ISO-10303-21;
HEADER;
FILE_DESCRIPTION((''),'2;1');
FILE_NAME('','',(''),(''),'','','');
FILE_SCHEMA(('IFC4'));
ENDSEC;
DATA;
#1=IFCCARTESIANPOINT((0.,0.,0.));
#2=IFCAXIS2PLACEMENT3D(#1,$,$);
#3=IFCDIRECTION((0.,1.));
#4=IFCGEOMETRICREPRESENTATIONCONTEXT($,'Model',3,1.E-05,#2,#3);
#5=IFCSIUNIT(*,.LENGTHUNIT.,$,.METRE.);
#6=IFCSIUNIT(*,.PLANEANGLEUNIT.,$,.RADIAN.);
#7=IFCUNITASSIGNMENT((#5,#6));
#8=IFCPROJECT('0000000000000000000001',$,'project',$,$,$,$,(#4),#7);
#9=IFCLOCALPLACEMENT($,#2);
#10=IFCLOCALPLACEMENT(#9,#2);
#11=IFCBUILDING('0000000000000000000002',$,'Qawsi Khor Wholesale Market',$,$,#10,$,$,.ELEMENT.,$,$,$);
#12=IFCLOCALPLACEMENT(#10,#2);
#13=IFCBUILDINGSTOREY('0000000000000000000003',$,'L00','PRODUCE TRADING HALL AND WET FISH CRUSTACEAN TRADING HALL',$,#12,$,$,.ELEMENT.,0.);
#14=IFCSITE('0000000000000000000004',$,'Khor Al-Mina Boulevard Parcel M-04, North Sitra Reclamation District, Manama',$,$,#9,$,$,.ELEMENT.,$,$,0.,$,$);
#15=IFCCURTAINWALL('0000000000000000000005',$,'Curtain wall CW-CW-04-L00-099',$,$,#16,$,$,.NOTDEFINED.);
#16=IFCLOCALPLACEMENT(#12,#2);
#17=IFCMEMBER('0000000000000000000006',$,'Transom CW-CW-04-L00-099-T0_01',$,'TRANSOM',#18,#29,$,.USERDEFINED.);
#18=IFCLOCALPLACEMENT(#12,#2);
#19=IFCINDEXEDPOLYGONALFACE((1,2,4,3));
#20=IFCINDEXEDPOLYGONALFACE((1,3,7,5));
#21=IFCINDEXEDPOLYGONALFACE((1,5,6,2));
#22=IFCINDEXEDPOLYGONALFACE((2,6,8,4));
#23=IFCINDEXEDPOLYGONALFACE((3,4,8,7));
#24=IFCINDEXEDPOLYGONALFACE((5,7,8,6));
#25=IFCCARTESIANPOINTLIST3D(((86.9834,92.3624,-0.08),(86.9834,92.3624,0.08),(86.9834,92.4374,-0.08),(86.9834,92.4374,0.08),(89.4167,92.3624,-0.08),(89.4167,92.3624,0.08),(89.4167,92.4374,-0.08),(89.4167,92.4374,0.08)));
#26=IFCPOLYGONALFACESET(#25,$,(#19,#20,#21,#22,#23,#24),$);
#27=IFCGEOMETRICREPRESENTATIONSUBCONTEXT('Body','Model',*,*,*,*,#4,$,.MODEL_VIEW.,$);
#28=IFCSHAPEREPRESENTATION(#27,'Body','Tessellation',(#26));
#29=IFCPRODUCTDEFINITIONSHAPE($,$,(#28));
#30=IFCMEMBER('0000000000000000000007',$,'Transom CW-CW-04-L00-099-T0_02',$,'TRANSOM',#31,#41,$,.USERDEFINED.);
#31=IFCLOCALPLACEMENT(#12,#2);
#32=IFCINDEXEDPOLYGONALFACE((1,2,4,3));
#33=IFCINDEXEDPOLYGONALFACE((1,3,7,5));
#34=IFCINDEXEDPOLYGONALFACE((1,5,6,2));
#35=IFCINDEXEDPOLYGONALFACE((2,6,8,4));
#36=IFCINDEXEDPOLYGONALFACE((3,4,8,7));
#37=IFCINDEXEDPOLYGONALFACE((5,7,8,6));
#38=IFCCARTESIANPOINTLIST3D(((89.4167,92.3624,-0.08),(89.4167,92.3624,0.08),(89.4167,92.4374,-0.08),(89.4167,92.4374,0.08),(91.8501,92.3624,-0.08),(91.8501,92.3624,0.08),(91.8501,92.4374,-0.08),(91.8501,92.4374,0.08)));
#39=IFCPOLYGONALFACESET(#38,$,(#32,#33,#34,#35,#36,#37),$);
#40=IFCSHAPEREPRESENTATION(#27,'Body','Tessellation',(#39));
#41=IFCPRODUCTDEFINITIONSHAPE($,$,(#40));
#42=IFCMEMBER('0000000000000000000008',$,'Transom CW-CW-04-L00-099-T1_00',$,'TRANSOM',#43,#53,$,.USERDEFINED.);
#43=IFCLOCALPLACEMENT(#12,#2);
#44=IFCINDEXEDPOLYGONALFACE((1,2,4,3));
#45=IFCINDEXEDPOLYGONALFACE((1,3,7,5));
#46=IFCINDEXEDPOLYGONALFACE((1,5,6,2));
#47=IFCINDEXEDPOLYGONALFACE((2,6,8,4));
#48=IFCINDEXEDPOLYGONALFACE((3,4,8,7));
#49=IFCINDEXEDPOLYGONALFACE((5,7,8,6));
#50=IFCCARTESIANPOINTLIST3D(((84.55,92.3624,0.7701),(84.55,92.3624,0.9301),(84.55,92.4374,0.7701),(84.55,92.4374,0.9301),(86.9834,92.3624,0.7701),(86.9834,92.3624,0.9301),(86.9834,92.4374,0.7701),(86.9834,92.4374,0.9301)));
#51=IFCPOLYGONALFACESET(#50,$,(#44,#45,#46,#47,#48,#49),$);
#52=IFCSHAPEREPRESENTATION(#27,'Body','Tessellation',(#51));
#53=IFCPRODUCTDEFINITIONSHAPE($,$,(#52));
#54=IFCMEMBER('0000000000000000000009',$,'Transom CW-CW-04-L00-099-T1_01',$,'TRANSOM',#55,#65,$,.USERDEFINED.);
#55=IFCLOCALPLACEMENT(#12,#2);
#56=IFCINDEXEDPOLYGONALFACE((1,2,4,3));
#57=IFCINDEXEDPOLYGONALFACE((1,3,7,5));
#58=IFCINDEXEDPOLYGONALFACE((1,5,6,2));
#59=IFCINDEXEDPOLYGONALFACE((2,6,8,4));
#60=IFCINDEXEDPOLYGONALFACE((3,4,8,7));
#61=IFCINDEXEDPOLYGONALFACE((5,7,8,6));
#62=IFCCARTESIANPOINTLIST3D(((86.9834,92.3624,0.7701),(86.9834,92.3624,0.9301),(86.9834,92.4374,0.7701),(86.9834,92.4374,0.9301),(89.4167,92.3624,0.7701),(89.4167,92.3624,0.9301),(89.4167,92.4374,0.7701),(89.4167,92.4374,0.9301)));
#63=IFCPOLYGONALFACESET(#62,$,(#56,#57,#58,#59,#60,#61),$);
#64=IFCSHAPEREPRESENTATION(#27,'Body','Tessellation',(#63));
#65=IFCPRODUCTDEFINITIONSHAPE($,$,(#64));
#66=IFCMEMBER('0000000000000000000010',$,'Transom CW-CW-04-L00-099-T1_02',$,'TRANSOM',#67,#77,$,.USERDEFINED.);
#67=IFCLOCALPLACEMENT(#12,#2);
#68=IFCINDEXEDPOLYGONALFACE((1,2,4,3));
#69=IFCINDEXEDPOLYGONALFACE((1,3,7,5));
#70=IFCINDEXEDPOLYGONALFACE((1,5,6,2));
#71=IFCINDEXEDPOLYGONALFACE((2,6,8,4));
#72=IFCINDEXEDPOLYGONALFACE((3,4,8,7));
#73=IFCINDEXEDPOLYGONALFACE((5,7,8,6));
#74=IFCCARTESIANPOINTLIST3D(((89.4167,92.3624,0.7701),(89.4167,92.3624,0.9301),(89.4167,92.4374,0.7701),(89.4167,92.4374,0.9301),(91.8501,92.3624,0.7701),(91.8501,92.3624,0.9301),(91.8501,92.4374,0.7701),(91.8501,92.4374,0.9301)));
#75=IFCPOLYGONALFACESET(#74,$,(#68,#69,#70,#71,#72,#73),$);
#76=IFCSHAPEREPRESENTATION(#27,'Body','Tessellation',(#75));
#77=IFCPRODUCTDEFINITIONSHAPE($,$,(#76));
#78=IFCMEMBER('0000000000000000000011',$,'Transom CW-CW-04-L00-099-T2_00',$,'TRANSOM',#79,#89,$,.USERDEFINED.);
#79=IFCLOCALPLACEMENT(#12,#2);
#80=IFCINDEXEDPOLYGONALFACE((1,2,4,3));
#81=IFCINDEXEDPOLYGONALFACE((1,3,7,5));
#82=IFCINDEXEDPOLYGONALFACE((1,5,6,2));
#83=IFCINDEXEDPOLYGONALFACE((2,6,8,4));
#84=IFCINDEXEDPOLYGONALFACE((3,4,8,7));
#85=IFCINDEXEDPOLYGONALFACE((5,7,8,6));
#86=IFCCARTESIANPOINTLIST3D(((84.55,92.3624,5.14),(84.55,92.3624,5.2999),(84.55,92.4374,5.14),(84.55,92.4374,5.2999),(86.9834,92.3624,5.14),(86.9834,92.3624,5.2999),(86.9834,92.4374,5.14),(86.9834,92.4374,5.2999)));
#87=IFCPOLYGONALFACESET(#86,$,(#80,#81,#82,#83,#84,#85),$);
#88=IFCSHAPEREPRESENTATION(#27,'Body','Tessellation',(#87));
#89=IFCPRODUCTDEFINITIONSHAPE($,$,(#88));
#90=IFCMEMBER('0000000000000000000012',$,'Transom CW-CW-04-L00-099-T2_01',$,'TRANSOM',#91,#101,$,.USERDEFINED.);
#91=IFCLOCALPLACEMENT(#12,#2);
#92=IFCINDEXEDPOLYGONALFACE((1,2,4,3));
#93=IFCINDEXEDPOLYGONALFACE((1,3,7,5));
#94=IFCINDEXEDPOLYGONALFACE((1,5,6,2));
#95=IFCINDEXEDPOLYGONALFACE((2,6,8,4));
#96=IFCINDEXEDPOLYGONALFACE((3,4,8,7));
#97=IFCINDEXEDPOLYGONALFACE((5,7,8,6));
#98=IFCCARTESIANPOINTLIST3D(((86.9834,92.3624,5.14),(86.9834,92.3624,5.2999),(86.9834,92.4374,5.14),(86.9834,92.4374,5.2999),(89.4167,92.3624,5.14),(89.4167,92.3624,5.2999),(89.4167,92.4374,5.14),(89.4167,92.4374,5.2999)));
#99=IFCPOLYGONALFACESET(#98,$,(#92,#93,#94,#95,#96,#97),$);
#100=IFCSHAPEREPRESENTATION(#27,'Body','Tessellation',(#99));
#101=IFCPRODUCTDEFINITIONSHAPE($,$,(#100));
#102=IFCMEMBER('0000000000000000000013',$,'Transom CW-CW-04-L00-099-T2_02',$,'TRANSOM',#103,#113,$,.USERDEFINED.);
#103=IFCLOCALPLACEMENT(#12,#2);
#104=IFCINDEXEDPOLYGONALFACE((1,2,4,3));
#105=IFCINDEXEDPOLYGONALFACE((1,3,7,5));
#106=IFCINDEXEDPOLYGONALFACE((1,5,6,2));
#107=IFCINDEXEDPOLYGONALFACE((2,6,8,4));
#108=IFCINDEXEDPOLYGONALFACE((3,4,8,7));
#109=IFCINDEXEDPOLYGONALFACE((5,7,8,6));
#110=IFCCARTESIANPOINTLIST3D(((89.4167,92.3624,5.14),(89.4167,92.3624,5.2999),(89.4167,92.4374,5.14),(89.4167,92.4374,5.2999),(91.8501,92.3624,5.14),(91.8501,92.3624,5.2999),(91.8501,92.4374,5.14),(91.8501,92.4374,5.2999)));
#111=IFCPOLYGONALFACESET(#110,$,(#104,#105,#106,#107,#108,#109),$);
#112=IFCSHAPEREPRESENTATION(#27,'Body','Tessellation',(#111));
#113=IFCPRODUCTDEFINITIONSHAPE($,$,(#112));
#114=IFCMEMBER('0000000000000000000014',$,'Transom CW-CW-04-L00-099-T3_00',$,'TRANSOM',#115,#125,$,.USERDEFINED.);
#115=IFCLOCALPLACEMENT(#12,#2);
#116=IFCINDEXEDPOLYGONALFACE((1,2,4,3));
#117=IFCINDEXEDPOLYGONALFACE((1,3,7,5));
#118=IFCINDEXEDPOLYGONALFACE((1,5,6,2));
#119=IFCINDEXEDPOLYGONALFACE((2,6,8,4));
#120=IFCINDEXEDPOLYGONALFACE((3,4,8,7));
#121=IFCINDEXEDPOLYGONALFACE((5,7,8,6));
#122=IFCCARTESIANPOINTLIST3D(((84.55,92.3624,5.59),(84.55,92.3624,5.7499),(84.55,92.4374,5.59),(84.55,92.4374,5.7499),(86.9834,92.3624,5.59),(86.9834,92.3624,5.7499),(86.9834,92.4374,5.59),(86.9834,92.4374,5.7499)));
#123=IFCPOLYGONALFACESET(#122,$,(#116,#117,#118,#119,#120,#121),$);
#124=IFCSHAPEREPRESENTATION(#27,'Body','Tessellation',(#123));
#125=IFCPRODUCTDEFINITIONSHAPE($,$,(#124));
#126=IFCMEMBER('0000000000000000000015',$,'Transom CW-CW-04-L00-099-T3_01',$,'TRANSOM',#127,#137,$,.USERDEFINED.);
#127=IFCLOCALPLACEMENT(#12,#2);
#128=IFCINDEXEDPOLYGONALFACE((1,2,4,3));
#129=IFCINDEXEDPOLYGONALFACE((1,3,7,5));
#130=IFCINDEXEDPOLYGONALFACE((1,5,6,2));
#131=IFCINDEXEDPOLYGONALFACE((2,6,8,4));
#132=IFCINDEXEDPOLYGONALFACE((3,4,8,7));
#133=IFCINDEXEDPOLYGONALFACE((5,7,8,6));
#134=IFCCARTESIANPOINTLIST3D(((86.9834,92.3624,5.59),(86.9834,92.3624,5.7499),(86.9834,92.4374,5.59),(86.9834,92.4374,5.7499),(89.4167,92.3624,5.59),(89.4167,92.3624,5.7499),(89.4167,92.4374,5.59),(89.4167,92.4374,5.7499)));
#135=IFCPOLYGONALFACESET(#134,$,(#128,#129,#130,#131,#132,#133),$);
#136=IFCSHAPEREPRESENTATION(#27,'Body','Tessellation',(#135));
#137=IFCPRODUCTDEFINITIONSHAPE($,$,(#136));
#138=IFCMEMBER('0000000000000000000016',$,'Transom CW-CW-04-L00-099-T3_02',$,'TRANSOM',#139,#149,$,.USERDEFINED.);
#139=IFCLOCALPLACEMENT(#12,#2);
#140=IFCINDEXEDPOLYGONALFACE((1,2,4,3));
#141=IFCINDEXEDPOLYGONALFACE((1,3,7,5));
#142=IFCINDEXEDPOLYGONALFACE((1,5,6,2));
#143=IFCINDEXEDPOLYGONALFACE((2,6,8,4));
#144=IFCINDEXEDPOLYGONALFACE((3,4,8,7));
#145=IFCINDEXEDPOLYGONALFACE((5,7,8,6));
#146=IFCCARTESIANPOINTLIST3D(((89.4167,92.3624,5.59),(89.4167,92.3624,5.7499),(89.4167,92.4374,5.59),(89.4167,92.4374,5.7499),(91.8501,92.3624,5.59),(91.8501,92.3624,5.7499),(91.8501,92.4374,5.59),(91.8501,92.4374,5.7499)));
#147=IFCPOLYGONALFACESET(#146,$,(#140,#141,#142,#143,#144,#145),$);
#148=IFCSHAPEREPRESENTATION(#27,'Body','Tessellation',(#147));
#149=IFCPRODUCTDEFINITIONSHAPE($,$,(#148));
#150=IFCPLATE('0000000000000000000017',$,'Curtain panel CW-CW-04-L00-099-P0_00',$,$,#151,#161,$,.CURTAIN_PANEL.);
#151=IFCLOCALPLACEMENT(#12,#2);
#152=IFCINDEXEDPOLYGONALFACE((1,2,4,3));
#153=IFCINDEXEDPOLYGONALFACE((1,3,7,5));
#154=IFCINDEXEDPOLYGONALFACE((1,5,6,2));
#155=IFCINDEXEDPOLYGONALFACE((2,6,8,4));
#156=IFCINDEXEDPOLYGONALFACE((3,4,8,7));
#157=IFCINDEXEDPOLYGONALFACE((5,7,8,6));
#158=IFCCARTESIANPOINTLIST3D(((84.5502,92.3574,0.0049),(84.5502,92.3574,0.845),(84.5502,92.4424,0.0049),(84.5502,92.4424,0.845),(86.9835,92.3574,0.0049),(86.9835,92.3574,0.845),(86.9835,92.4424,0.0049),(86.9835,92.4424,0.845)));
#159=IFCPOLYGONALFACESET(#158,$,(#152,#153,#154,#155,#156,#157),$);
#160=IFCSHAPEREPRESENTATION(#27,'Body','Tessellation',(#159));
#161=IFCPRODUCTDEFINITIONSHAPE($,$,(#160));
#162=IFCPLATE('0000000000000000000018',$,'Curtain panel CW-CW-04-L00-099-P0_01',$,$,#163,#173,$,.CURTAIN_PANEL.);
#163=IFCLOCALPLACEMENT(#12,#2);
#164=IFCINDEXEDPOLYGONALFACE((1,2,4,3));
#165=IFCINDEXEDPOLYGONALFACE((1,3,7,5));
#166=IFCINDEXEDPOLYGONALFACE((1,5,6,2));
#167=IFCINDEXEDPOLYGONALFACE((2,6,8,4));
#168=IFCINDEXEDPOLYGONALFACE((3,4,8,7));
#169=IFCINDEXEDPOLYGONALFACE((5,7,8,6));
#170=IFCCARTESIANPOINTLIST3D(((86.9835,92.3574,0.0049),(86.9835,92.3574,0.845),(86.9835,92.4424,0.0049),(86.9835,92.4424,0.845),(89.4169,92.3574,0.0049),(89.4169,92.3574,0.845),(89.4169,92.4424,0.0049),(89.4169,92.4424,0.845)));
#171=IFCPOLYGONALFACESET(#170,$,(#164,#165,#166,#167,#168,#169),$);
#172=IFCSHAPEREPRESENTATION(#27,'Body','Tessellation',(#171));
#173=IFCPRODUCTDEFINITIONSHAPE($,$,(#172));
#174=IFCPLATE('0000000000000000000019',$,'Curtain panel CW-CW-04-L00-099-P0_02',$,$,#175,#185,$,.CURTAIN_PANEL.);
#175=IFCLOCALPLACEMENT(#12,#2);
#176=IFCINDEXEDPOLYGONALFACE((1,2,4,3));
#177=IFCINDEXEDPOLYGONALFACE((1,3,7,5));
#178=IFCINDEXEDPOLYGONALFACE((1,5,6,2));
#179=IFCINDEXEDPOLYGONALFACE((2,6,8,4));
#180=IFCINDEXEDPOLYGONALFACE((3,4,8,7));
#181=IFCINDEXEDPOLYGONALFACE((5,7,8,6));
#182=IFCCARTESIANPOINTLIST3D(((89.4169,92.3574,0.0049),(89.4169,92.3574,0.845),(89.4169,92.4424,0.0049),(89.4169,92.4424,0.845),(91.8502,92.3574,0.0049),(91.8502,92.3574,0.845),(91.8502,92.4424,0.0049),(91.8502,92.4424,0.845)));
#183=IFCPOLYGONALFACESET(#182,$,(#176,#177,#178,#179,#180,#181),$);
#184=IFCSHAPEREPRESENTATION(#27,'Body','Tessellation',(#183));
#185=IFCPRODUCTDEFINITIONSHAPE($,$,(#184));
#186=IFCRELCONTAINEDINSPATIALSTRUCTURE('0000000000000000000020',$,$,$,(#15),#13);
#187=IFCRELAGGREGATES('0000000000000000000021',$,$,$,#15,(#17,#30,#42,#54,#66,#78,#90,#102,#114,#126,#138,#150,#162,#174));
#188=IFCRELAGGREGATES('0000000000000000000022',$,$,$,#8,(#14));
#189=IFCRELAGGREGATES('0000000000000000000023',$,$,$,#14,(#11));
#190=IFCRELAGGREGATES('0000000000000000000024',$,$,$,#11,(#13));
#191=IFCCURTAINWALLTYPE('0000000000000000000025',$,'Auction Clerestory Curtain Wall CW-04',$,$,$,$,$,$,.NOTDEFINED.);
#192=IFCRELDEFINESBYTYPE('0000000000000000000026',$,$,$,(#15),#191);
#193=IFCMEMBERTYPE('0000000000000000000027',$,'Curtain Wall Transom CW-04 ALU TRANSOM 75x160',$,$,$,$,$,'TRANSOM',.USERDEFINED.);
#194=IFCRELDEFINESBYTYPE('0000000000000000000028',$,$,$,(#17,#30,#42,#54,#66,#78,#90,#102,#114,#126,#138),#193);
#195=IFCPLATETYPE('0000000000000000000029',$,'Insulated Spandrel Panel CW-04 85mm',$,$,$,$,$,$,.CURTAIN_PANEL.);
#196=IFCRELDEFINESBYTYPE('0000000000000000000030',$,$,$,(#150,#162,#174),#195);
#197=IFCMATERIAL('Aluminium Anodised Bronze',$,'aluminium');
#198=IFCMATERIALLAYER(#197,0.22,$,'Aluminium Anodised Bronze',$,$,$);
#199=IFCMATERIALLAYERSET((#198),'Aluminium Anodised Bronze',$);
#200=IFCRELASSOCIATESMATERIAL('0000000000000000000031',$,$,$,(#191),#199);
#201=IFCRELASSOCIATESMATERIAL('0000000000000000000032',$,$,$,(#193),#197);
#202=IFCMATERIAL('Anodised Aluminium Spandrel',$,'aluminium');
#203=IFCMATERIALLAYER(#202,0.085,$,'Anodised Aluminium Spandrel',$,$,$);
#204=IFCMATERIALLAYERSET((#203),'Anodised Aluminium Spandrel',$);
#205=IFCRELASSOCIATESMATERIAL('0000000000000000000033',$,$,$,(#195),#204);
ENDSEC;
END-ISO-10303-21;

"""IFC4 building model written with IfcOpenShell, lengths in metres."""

from ifc_helpers import new_model, si_unit, direction, frame, frame_2d, origin, origin_2d, place, context, subcontext, project, spatial, rectangle, extrude, material, layer, layer_set, material_profile, profile_set, type_object, element, aggregate, save


model = new_model("IFC4")

# Units and contexts
model_context = context("Model", 3, precision=1e-05, world=origin(), true_north=direction((0.0, 1.0)))
body_context = subcontext(model_context, "Body", "Model", "MODEL_VIEW")
ifc_project = project(units=[si_unit("LENGTHUNIT", "METRE"), si_unit("PLANEANGLEUNIT", "RADIAN")], contexts=[model_context])

# Site, building, storey
site_placement = place(None, origin())
site = spatial("IfcSite", under=ifc_project, at=site_placement, Name="Khor Al-Mina Boulevard Parcel M-04, North Sitra Reclamation District, Manama", CompositionType="ELEMENT", RefElevation=0.0)
building_placement = place(site_placement, origin())
building = spatial("IfcBuilding", under=site, at=building_placement, Name="Qawsi Khor Wholesale Market", CompositionType="ELEMENT")
storey_placement = place(building_placement, origin())
storey = spatial("IfcBuildingStorey", under=building, at=storey_placement, Name="L00", Description="PRODUCE TRADING HALL AND WET FISH CRUSTACEAN TRADING HALL", CompositionType="ELEMENT", Elevation=0.0)

# Curtain wall, members, plates
ifc_material_1 = material(Name="Aluminium Anodised Bronze", Category="aluminium")
ifc_layer_1 = layer(ifc_material_1, 0.22, Name="Aluminium Anodised Bronze")
ifc_layer_set_1 = layer_set([ifc_layer_1], Name="Aluminium Anodised Bronze")
curtain_wall_type = type_object("IfcCurtainWallType", Name="Auction Clerestory Curtain Wall CW-04", PredefinedType="NOTDEFINED", material=ifc_layer_set_1)
curtain_wall_placement = place(storey_placement, origin())
curtain_wall = element("IfcCurtainWall", 1, at=curtain_wall_placement, inside=storey, type_object=curtain_wall_type, Name="Curtain wall CW-CW-04-L00-099", PredefinedType="NOTDEFINED")
ifc_material_profile_1 = material_profile(ifc_material_1, rectangle(XDim=0.075, YDim=0.1599, at=origin_2d()), Name="ALU TRANSOM 75x160")
ifc_profile_set_1 = profile_set([ifc_material_profile_1], Name="Aluminium Anodised Bronze")
member_type_1 = type_object("IfcMemberType", Name="Curtain Wall Transom CW-04 ALU TRANSOM 75x160", ElementType="TRANSOM", PredefinedType="USERDEFINED", material=ifc_profile_set_1)
member_1_placement = place(storey_placement, frame((86.9834, 92.3999, 0.0), z_axis=(1.0, 0.0, 0.0), x_axis=(0.0, 1.0, 0.0)))
member_1 = element("IfcMember", 2, at=member_1_placement, type_object=member_type_1, Name="Transom CW-CW-04-L00-099-T0_01", ObjectType="TRANSOM", PredefinedType="USERDEFINED", context=body_context, shape_type="SweptSolid", body=[
    extrude(rectangle(XDim=0.075, YDim=0.1599, at=origin_2d()), origin(), (0.0, 0.0, 1.0), 2.4333),
])
member_2_placement = place(storey_placement, frame((89.4167, 92.3999, 0.0), z_axis=(1.0, 0.0, 0.0), x_axis=(0.0, 1.0, 0.0)))
member_2 = element("IfcMember", 3, at=member_2_placement, type_object=member_type_1, Name="Transom CW-CW-04-L00-099-T0_02", ObjectType="TRANSOM", PredefinedType="USERDEFINED", context=body_context, shape_type="SweptSolid", body=[
    extrude(rectangle(XDim=0.075, YDim=0.1599, at=origin_2d()), origin(), (0.0, 0.0, 1.0), 2.4333),
])
member_3_placement = place(storey_placement, frame((84.55, 92.3999, 0.8501), z_axis=(1.0, 0.0, 0.0), x_axis=(0.0, 1.0, 0.0)))
member_3 = element("IfcMember", 4, at=member_3_placement, type_object=member_type_1, Name="Transom CW-CW-04-L00-099-T1_00", ObjectType="TRANSOM", PredefinedType="USERDEFINED", context=body_context, shape_type="SweptSolid", body=[
    extrude(rectangle(XDim=0.075, YDim=0.1599, at=origin_2d()), origin(), (0.0, 0.0, 1.0), 2.4333),
])
member_4_placement = place(storey_placement, frame((86.9834, 92.3999, 0.8501), z_axis=(1.0, 0.0, 0.0), x_axis=(0.0, 1.0, 0.0)))
member_4 = element("IfcMember", 5, at=member_4_placement, type_object=member_type_1, Name="Transom CW-CW-04-L00-099-T1_01", ObjectType="TRANSOM", PredefinedType="USERDEFINED", context=body_context, shape_type="SweptSolid", body=[
    extrude(rectangle(XDim=0.075, YDim=0.1599, at=origin_2d()), origin(), (0.0, 0.0, 1.0), 2.4333),
])
member_5_placement = place(storey_placement, frame((89.4167, 92.3999, 0.8501), z_axis=(1.0, 0.0, 0.0), x_axis=(0.0, 1.0, 0.0)))
member_5 = element("IfcMember", 6, at=member_5_placement, type_object=member_type_1, Name="Transom CW-CW-04-L00-099-T1_02", ObjectType="TRANSOM", PredefinedType="USERDEFINED", context=body_context, shape_type="SweptSolid", body=[
    extrude(rectangle(XDim=0.075, YDim=0.1599, at=origin_2d()), origin(), (0.0, 0.0, 1.0), 2.4333),
])
member_6_placement = place(storey_placement, frame((84.55, 92.3999, 5.22), z_axis=(1.0, 0.0, 0.0), x_axis=(0.0, 1.0, 0.0)))
member_6 = element("IfcMember", 7, at=member_6_placement, type_object=member_type_1, Name="Transom CW-CW-04-L00-099-T2_00", ObjectType="TRANSOM", PredefinedType="USERDEFINED", context=body_context, shape_type="SweptSolid", body=[
    extrude(rectangle(XDim=0.075, YDim=0.1599, at=origin_2d()), origin(), (0.0, 0.0, 1.0), 2.4333),
])
member_7_placement = place(storey_placement, frame((86.9834, 92.3999, 5.22), z_axis=(1.0, 0.0, 0.0), x_axis=(0.0, 1.0, 0.0)))
member_7 = element("IfcMember", 8, at=member_7_placement, type_object=member_type_1, Name="Transom CW-CW-04-L00-099-T2_01", ObjectType="TRANSOM", PredefinedType="USERDEFINED", context=body_context, shape_type="SweptSolid", body=[
    extrude(rectangle(XDim=0.075, YDim=0.1599, at=origin_2d()), origin(), (0.0, 0.0, 1.0), 2.4333),
])
member_8_placement = place(storey_placement, frame((89.4167, 92.3999, 5.22), z_axis=(1.0, 0.0, 0.0), x_axis=(0.0, 1.0, 0.0)))
member_8 = element("IfcMember", 9, at=member_8_placement, type_object=member_type_1, Name="Transom CW-CW-04-L00-099-T2_02", ObjectType="TRANSOM", PredefinedType="USERDEFINED", context=body_context, shape_type="SweptSolid", body=[
    extrude(rectangle(XDim=0.075, YDim=0.1599, at=origin_2d()), origin(), (0.0, 0.0, 1.0), 2.4333),
])
member_9_placement = place(storey_placement, frame((84.55, 92.3999, 5.6699), z_axis=(1.0, 0.0, 0.0), x_axis=(0.0, 1.0, 0.0)))
member_9 = element("IfcMember", 10, at=member_9_placement, type_object=member_type_1, Name="Transom CW-CW-04-L00-099-T3_00", ObjectType="TRANSOM", PredefinedType="USERDEFINED", context=body_context, shape_type="SweptSolid", body=[
    extrude(rectangle(XDim=0.075, YDim=0.1599, at=origin_2d()), origin(), (0.0, 0.0, 1.0), 2.4333),
])
member_10_placement = place(storey_placement, frame((86.9834, 92.3999, 5.6699), z_axis=(1.0, 0.0, 0.0), x_axis=(0.0, 1.0, 0.0)))
member_10 = element("IfcMember", 11, at=member_10_placement, type_object=member_type_1, Name="Transom CW-CW-04-L00-099-T3_01", ObjectType="TRANSOM", PredefinedType="USERDEFINED", context=body_context, shape_type="SweptSolid", body=[
    extrude(rectangle(XDim=0.075, YDim=0.1599, at=origin_2d()), origin(), (0.0, 0.0, 1.0), 2.4333),
])
member_11_placement = place(storey_placement, frame((89.4167, 92.3999, 5.6699), z_axis=(1.0, 0.0, 0.0), x_axis=(0.0, 1.0, 0.0)))
member_11 = element("IfcMember", 12, at=member_11_placement, type_object=member_type_1, Name="Transom CW-CW-04-L00-099-T3_02", ObjectType="TRANSOM", PredefinedType="USERDEFINED", context=body_context, shape_type="SweptSolid", body=[
    extrude(rectangle(XDim=0.075, YDim=0.1599, at=origin_2d()), origin(), (0.0, 0.0, 1.0), 2.4333),
])
ifc_material_2 = material(Name="Anodised Aluminium Spandrel", Category="aluminium")
ifc_layer_2 = layer(ifc_material_2, 0.085, Name="Anodised Aluminium Spandrel")
ifc_layer_set_2 = layer_set([ifc_layer_2], Name="Anodised Aluminium Spandrel")
plate_type_1 = type_object("IfcPlateType", Name="Insulated Spandrel Panel CW-04 85mm", PredefinedType="CURTAIN_PANEL", material=ifc_layer_set_2)
plate_1_placement = place(storey_placement, frame((84.55, 92.3999, 0.0049), z_axis=(0.0, 0.0, 1.0), x_axis=(1.0, 0.0, 0.0)))
plate_1 = element("IfcPlate", 13, at=plate_1_placement, type_object=plate_type_1, Name="Curtain panel CW-CW-04-L00-099-P0_00", PredefinedType="CURTAIN_PANEL", context=body_context, shape_type="SweptSolid", body=[
    extrude(rectangle(XDim=2.4333, YDim=0.085, at=frame_2d((1.2168, 0.0))), origin(), (0.0, 0.0, 1.0), 0.8401),
])
plate_2_placement = place(storey_placement, frame((86.9834, 92.3999, 0.0049), z_axis=(0.0, 0.0, 1.0), x_axis=(1.0, 0.0, 0.0)))
plate_2 = element("IfcPlate", 14, at=plate_2_placement, type_object=plate_type_1, Name="Curtain panel CW-CW-04-L00-099-P0_01", PredefinedType="CURTAIN_PANEL", context=body_context, shape_type="SweptSolid", body=[
    extrude(rectangle(XDim=2.4333, YDim=0.085, at=frame_2d((1.2168, 0.0))), origin(), (0.0, 0.0, 1.0), 0.8401),
])
plate_3_placement = place(storey_placement, frame((89.4167, 92.3999, 0.0049), z_axis=(0.0, 0.0, 1.0), x_axis=(1.0, 0.0, 0.0)))
plate_3 = element("IfcPlate", 15, at=plate_3_placement, type_object=plate_type_1, Name="Curtain panel CW-CW-04-L00-099-P0_02", PredefinedType="CURTAIN_PANEL", context=body_context, shape_type="SweptSolid", body=[
    extrude(rectangle(XDim=2.4333, YDim=0.085, at=frame_2d((1.2168, 0.0))), origin(), (0.0, 0.0, 1.0), 0.8401),
])
aggregate(curtain_wall, [member_1, member_2, member_3, member_4, member_5, member_6, member_7, member_8, member_9, member_10, member_11, plate_1, plate_2, plate_3])

save(model, "model.ifc")
